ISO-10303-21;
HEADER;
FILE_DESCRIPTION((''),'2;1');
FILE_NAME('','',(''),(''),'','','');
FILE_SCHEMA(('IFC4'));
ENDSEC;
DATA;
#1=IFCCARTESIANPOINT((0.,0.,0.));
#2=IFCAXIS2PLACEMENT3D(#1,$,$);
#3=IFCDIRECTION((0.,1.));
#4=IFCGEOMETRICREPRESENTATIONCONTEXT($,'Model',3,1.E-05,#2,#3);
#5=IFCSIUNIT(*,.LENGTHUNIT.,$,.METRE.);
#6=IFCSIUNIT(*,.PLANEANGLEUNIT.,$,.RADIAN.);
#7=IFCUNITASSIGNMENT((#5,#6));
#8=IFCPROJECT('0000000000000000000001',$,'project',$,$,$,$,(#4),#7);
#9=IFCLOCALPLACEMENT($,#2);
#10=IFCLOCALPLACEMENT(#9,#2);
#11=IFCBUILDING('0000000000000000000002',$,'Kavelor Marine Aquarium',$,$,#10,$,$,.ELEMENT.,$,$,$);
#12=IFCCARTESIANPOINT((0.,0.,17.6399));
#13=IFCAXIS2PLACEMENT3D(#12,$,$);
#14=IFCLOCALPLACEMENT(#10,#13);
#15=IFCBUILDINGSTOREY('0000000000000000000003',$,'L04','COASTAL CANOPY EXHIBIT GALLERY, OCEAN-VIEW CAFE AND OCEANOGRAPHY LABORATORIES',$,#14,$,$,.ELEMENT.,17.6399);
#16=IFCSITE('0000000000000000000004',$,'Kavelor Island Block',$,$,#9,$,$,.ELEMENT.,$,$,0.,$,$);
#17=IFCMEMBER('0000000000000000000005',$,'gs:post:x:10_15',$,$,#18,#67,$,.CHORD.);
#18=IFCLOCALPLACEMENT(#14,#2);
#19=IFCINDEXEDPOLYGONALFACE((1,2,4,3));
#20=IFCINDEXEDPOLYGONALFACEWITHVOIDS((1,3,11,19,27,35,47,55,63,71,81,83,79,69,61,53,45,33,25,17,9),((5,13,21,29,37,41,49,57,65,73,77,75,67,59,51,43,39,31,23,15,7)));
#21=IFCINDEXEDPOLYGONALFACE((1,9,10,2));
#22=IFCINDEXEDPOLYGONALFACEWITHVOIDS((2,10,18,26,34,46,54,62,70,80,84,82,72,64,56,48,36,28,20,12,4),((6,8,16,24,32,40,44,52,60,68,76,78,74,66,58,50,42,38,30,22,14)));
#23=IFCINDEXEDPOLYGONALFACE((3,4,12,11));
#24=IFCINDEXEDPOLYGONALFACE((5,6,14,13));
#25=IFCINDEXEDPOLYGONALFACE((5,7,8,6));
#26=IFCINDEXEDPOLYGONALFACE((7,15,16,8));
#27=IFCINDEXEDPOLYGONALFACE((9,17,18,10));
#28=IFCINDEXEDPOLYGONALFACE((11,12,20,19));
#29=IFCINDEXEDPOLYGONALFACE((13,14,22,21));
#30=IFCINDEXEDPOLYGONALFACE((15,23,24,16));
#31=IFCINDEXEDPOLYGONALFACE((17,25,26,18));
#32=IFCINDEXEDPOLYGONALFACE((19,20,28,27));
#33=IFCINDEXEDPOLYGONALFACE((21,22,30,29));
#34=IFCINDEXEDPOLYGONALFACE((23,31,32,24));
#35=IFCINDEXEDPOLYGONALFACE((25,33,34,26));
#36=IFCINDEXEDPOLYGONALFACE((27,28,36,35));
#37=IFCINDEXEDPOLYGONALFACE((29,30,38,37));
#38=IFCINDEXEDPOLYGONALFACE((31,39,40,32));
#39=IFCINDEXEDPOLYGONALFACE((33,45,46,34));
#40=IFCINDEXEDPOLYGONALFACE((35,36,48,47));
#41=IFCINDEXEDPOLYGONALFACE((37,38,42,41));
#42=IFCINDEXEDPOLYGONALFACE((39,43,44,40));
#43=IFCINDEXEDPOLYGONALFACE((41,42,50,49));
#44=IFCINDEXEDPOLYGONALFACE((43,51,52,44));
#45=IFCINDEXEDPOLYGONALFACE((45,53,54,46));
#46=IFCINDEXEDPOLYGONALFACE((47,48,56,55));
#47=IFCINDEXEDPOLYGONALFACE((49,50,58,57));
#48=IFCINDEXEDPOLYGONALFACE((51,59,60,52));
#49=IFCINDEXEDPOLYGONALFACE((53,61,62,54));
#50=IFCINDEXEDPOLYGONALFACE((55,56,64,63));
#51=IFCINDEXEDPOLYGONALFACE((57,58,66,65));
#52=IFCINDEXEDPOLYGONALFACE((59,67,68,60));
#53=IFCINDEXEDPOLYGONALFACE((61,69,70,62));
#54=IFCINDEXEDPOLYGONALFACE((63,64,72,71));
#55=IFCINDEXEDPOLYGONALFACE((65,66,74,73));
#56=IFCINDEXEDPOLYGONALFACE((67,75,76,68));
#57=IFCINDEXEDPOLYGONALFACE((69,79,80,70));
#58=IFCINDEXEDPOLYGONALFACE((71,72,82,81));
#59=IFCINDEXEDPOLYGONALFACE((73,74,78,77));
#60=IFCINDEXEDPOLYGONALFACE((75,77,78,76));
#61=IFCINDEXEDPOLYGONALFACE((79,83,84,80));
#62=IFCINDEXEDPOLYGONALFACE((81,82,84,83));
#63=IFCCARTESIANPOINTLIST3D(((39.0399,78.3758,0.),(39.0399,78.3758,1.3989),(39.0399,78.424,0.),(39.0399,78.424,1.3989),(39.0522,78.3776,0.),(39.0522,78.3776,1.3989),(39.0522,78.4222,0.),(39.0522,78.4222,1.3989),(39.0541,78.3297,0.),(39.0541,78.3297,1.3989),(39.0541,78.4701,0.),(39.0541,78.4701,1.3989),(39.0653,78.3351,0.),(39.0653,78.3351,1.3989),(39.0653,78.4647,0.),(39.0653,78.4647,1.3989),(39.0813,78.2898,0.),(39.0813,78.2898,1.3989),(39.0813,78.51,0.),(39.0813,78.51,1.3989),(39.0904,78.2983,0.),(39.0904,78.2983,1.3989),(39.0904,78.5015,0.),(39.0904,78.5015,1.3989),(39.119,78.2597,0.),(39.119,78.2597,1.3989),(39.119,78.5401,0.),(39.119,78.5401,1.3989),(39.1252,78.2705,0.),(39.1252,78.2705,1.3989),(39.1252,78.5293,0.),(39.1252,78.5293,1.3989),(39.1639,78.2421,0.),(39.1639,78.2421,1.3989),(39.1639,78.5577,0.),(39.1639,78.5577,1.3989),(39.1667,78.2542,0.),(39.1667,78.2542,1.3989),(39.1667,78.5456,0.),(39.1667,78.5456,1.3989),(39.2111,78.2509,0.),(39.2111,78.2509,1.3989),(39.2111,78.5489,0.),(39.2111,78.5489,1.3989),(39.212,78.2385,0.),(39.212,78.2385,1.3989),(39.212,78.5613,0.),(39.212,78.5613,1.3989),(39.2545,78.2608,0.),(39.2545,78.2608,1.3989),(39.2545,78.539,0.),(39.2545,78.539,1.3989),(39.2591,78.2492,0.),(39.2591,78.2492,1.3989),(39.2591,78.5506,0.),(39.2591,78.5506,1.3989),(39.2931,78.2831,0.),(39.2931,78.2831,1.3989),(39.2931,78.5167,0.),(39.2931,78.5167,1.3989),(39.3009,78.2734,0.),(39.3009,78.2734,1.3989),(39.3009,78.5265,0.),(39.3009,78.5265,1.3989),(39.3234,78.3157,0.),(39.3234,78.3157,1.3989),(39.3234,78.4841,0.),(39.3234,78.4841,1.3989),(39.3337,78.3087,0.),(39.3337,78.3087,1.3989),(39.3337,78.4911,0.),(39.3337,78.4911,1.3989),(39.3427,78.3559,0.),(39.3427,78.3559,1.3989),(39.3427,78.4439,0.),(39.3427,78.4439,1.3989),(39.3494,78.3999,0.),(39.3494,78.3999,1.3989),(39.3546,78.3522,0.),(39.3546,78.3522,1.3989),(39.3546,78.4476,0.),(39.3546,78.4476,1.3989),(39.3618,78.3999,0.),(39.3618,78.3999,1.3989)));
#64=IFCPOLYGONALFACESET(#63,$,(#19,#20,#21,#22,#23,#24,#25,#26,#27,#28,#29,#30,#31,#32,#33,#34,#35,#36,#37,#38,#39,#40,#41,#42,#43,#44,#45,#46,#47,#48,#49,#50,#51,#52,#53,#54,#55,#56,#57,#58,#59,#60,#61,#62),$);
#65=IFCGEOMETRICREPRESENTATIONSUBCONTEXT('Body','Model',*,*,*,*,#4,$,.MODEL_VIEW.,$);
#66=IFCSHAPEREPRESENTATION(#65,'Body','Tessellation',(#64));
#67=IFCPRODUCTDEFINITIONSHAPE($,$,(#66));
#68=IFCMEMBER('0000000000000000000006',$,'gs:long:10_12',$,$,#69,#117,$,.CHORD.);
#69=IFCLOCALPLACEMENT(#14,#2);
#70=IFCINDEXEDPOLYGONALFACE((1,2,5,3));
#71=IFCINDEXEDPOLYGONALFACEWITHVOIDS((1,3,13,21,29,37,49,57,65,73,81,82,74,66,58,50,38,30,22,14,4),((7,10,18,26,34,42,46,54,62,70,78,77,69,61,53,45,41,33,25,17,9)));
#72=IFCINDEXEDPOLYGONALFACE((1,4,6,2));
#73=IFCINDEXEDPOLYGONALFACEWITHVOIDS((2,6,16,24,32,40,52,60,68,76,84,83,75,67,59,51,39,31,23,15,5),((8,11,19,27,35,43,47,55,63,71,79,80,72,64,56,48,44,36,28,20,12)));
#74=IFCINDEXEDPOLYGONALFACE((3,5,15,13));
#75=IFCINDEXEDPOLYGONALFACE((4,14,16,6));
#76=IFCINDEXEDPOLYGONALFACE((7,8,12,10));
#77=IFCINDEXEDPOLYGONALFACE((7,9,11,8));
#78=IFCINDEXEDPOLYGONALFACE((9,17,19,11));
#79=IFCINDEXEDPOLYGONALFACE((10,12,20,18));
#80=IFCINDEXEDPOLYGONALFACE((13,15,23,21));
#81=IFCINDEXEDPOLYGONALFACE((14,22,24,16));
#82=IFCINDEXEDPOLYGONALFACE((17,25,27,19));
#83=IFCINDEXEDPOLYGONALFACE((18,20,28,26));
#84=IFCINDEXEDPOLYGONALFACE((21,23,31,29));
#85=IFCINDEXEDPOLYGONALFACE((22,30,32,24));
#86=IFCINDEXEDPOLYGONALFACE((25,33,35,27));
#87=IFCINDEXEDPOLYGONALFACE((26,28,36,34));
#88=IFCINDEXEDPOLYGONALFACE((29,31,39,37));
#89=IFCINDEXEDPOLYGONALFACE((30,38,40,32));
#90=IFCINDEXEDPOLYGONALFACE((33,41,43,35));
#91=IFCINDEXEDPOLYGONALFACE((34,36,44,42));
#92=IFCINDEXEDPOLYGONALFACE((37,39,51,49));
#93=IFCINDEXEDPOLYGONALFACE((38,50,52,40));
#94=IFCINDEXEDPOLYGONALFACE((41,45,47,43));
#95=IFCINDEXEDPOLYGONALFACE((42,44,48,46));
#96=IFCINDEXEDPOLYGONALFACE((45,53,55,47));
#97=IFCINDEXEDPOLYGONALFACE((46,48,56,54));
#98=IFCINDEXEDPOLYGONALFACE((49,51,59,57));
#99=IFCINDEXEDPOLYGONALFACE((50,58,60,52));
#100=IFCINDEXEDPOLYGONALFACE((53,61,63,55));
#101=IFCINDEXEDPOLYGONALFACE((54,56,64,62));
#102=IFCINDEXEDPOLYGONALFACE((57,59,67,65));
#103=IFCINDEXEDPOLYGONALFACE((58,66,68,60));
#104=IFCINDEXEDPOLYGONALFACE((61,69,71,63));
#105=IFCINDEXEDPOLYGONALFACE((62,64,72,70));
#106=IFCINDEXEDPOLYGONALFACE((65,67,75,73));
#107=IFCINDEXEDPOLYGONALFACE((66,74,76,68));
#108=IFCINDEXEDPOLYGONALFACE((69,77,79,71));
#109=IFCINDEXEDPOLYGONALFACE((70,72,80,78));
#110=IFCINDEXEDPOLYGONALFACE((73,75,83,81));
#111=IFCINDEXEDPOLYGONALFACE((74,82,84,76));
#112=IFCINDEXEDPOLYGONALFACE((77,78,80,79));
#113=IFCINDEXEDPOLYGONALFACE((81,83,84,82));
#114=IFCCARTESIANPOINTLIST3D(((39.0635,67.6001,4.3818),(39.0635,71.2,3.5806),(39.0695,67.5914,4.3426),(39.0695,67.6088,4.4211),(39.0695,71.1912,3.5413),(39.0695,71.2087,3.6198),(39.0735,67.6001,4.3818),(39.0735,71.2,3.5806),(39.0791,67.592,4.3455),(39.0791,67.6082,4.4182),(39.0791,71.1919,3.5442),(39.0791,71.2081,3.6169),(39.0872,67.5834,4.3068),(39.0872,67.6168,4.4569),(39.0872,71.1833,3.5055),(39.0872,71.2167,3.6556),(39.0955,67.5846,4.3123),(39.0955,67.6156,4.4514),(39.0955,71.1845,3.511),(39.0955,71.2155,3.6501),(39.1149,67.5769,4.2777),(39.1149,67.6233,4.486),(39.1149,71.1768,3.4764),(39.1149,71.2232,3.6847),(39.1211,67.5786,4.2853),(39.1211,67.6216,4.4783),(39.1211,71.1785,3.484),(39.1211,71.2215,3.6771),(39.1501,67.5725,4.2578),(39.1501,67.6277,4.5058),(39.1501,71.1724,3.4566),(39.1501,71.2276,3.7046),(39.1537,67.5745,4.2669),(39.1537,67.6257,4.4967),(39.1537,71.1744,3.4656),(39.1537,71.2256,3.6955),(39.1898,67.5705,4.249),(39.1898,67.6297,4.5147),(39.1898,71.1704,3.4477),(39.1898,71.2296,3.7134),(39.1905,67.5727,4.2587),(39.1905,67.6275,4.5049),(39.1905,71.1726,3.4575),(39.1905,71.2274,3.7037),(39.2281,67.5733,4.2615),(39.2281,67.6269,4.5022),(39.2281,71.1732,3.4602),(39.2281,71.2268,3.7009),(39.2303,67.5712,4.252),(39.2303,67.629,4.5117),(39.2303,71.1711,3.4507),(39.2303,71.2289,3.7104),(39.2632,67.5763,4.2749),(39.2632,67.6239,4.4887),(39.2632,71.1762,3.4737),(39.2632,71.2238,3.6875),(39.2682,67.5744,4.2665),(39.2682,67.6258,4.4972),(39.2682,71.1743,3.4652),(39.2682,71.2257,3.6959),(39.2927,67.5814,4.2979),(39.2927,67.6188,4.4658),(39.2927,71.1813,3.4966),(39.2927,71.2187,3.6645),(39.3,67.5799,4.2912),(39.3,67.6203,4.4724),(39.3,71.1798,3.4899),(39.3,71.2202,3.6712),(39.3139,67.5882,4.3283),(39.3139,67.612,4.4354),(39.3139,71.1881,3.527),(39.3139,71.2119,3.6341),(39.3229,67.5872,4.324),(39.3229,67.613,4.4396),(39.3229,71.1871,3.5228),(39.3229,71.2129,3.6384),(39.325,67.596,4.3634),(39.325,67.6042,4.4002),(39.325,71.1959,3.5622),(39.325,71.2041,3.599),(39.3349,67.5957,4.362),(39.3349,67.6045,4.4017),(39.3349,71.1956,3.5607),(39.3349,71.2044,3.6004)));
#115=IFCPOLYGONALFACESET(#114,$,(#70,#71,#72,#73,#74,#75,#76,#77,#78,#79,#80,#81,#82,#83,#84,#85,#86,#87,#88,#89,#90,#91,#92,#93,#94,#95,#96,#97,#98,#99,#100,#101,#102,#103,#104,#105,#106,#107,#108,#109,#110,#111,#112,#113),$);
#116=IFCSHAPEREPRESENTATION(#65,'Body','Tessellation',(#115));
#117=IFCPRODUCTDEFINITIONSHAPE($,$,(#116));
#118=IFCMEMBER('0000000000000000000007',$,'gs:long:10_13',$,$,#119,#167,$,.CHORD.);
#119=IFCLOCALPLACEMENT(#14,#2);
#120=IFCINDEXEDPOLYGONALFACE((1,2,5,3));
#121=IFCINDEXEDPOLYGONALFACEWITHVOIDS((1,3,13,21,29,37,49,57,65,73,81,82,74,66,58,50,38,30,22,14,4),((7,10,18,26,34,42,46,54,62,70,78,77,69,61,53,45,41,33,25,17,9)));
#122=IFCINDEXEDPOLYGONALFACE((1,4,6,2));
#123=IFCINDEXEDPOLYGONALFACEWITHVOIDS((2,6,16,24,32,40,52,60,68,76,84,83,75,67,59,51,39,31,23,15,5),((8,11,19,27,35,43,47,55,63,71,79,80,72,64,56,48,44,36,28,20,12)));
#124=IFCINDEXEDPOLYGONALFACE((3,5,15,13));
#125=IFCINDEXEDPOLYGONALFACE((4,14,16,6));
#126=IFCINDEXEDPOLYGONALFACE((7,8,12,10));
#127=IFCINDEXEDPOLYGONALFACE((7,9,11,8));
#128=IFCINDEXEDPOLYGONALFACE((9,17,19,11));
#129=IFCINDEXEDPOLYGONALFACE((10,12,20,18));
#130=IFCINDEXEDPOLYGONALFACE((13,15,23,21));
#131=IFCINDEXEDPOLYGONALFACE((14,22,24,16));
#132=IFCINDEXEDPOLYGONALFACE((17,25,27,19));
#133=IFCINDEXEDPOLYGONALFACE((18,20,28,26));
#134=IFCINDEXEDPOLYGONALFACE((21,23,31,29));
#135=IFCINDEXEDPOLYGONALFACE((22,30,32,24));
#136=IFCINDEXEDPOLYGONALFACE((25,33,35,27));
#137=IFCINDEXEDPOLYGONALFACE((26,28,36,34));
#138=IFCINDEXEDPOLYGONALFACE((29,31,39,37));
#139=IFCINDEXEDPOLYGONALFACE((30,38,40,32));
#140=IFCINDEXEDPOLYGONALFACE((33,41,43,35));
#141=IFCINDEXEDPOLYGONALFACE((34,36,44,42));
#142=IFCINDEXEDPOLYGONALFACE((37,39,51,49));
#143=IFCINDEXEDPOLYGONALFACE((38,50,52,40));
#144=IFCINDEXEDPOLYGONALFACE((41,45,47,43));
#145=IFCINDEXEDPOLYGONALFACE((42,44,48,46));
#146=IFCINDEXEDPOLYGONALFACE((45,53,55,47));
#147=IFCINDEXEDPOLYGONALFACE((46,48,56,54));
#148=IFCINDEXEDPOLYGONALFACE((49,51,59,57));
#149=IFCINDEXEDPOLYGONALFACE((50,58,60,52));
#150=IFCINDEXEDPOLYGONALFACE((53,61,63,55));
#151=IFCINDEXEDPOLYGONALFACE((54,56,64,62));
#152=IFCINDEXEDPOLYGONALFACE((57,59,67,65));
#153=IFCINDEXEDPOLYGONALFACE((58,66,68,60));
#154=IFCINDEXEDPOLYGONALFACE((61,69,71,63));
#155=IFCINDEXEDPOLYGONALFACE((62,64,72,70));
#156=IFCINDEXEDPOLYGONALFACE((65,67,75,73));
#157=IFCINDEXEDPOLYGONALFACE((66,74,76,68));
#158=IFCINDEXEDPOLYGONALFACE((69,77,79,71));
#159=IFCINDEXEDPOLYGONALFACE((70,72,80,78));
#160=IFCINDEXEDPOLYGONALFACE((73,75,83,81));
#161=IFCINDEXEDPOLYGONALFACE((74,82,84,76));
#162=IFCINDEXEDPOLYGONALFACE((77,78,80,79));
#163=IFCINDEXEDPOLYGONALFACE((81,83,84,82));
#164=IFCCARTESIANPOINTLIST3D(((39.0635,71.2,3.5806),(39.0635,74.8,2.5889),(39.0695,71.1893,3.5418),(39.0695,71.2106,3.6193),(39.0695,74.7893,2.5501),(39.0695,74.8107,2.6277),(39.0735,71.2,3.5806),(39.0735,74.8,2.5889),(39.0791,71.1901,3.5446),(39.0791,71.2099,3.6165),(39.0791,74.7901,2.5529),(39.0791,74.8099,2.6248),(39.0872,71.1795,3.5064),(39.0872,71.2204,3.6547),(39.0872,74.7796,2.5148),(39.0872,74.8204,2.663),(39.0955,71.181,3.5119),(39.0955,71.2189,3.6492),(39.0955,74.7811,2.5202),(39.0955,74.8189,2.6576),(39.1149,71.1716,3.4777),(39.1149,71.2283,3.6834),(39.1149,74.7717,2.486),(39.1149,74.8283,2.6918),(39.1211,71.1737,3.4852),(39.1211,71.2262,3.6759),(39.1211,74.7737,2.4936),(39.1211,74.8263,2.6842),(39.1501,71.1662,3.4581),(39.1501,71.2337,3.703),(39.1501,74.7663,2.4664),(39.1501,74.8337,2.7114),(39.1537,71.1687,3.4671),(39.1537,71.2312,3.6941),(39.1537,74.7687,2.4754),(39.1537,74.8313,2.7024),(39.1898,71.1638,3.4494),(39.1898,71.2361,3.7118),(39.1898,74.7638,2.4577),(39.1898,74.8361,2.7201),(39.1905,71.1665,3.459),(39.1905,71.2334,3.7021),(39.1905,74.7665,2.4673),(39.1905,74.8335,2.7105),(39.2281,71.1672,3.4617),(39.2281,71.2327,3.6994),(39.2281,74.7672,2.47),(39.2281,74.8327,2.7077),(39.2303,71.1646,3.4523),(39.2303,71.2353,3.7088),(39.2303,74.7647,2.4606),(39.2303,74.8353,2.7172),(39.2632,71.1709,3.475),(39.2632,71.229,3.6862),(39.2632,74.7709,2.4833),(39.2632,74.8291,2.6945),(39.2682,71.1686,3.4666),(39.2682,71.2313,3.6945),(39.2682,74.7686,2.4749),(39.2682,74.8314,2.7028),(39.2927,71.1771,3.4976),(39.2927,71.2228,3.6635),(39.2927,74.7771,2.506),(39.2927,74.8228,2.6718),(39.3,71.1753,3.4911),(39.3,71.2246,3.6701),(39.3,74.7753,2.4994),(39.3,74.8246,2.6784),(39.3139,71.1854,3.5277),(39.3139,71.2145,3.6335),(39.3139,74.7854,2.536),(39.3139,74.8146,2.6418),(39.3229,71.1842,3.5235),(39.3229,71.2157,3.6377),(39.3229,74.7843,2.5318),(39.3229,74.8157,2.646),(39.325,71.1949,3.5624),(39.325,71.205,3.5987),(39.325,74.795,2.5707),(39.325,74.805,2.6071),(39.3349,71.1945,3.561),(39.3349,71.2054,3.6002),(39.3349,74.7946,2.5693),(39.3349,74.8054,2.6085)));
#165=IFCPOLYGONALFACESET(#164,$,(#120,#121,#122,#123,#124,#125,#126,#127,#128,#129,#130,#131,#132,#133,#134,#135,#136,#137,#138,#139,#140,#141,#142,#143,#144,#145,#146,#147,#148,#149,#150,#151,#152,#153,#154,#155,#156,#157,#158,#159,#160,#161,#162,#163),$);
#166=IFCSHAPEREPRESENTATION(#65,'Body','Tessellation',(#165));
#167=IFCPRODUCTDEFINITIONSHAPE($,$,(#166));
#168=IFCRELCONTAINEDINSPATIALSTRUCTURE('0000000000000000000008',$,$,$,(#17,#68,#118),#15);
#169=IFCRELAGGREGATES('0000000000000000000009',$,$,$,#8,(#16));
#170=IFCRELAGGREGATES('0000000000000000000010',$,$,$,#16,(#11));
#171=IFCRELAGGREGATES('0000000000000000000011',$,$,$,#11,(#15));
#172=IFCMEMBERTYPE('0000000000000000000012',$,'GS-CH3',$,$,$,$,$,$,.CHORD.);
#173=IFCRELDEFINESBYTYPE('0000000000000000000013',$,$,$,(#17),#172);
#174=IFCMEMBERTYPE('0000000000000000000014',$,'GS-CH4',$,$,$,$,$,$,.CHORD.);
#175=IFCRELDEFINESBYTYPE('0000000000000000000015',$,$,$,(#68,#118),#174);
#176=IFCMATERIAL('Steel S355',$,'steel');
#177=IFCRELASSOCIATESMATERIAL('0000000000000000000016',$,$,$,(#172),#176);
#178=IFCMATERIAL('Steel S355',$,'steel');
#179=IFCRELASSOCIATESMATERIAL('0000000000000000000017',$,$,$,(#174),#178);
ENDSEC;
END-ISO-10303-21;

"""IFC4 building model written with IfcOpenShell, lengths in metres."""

from ifc_helpers import new_model, si_unit, direction, frame, origin, origin_2d, place, context, subcontext, project, spatial, hollow_circle, extrude, material, material_profile, profile_set, type_object, element, save


model = new_model("IFC4")

# Units and contexts
model_context = context("Model", 3, precision=1e-05, world=origin(), true_north=direction((0.0, 1.0)))
body_context = subcontext(model_context, "Body", "Model", "MODEL_VIEW")
ifc_project = project(units=[si_unit("LENGTHUNIT", "METRE"), si_unit("PLANEANGLEUNIT", "RADIAN")], contexts=[model_context])

# Site, building, storey
site_placement = place(None, origin())
site = spatial("IfcSite", under=ifc_project, at=site_placement, Name="Kavelor Island Block", CompositionType="ELEMENT", RefElevation=0.0)
building_placement = place(site_placement, origin())
building = spatial("IfcBuilding", under=site, at=building_placement, Name="Kavelor Marine Aquarium", CompositionType="ELEMENT")
storey_placement = place(building_placement, frame((0.0, 0.0, 17.6399)))
storey = spatial("IfcBuildingStorey", under=building, at=storey_placement, Name="L04", Description="COASTAL CANOPY EXHIBIT GALLERY, OCEAN-VIEW CAFE AND OCEANOGRAPHY LABORATORIES", CompositionType="ELEMENT", Elevation=17.6399)

# Members
ifc_material_1 = material(Name="Steel S355", Category="steel")
ifc_material_profile_1 = material_profile(ifc_material_1, hollow_circle(Radius=0.1619, WallThickness=0.0125, at=origin_2d()), Name="CHS 323.9x12.5")
ifc_profile_set_1 = profile_set([ifc_material_profile_1], Name="Steel S355")
member_type_1 = type_object("IfcMemberType", Name="GS-CH3", PredefinedType="CHORD", material=ifc_profile_set_1)
member_1_placement = place(storey_placement, frame((39.2, 78.3999, 0.0), z_axis=(0.0, 0.0, 1.0), x_axis=(1.0, 0.0, 0.0)))
element("IfcMember", 1, at=member_1_placement, inside=storey, type_object=member_type_1, Name="gs:post:x:10_15", PredefinedType="CHORD", context=body_context, shape_type="SweptSolid", body=[
    extrude(hollow_circle(Radius=0.1619, WallThickness=0.0125, at=origin_2d()), origin(), (0.0, 0.0, 1.0), 1.3989),
])
ifc_material_2 = material(Name="Steel S355", Category="steel")
ifc_material_profile_2 = material_profile(ifc_material_2, hollow_circle(Radius=0.1365, WallThickness=0.01, at=origin_2d()), Name="CHS 273.0x10.0")
ifc_profile_set_2 = profile_set([ifc_material_profile_2], Name="Steel S355")
member_type_2 = type_object("IfcMemberType", Name="GS-CH4", PredefinedType="CHORD", material=ifc_profile_set_2)
member_2_placement = place(storey_placement, frame((39.2, 67.6001, 4.3818), z_axis=(0.0, 0.976112, -0.217267), x_axis=(-1.0, 0.0, 0.0)))
element("IfcMember", 2, at=member_2_placement, inside=storey, type_object=member_type_2, Name="gs:long:10_12", PredefinedType="CHORD", context=body_context, shape_type="SweptSolid", body=[
    extrude(hollow_circle(Radius=0.1365, WallThickness=0.01, at=origin_2d()), origin(), (0.0, 0.0, 1.0), 3.688),
])
member_3_placement = place(storey_placement, frame((39.2, 71.2, 3.5806), z_axis=(0.0, 0.964091, -0.265573), x_axis=(-1.0, 0.0, 0.0)))
element("IfcMember", 3, at=member_3_placement, inside=storey, type_object=member_type_2, Name="gs:long:10_13", PredefinedType="CHORD", context=body_context, shape_type="SweptSolid", body=[
    extrude(hollow_circle(Radius=0.1365, WallThickness=0.01, at=origin_2d()), origin(), (0.0, 0.0, 1.0), 3.7341),
])

save(model, "model.ifc")
